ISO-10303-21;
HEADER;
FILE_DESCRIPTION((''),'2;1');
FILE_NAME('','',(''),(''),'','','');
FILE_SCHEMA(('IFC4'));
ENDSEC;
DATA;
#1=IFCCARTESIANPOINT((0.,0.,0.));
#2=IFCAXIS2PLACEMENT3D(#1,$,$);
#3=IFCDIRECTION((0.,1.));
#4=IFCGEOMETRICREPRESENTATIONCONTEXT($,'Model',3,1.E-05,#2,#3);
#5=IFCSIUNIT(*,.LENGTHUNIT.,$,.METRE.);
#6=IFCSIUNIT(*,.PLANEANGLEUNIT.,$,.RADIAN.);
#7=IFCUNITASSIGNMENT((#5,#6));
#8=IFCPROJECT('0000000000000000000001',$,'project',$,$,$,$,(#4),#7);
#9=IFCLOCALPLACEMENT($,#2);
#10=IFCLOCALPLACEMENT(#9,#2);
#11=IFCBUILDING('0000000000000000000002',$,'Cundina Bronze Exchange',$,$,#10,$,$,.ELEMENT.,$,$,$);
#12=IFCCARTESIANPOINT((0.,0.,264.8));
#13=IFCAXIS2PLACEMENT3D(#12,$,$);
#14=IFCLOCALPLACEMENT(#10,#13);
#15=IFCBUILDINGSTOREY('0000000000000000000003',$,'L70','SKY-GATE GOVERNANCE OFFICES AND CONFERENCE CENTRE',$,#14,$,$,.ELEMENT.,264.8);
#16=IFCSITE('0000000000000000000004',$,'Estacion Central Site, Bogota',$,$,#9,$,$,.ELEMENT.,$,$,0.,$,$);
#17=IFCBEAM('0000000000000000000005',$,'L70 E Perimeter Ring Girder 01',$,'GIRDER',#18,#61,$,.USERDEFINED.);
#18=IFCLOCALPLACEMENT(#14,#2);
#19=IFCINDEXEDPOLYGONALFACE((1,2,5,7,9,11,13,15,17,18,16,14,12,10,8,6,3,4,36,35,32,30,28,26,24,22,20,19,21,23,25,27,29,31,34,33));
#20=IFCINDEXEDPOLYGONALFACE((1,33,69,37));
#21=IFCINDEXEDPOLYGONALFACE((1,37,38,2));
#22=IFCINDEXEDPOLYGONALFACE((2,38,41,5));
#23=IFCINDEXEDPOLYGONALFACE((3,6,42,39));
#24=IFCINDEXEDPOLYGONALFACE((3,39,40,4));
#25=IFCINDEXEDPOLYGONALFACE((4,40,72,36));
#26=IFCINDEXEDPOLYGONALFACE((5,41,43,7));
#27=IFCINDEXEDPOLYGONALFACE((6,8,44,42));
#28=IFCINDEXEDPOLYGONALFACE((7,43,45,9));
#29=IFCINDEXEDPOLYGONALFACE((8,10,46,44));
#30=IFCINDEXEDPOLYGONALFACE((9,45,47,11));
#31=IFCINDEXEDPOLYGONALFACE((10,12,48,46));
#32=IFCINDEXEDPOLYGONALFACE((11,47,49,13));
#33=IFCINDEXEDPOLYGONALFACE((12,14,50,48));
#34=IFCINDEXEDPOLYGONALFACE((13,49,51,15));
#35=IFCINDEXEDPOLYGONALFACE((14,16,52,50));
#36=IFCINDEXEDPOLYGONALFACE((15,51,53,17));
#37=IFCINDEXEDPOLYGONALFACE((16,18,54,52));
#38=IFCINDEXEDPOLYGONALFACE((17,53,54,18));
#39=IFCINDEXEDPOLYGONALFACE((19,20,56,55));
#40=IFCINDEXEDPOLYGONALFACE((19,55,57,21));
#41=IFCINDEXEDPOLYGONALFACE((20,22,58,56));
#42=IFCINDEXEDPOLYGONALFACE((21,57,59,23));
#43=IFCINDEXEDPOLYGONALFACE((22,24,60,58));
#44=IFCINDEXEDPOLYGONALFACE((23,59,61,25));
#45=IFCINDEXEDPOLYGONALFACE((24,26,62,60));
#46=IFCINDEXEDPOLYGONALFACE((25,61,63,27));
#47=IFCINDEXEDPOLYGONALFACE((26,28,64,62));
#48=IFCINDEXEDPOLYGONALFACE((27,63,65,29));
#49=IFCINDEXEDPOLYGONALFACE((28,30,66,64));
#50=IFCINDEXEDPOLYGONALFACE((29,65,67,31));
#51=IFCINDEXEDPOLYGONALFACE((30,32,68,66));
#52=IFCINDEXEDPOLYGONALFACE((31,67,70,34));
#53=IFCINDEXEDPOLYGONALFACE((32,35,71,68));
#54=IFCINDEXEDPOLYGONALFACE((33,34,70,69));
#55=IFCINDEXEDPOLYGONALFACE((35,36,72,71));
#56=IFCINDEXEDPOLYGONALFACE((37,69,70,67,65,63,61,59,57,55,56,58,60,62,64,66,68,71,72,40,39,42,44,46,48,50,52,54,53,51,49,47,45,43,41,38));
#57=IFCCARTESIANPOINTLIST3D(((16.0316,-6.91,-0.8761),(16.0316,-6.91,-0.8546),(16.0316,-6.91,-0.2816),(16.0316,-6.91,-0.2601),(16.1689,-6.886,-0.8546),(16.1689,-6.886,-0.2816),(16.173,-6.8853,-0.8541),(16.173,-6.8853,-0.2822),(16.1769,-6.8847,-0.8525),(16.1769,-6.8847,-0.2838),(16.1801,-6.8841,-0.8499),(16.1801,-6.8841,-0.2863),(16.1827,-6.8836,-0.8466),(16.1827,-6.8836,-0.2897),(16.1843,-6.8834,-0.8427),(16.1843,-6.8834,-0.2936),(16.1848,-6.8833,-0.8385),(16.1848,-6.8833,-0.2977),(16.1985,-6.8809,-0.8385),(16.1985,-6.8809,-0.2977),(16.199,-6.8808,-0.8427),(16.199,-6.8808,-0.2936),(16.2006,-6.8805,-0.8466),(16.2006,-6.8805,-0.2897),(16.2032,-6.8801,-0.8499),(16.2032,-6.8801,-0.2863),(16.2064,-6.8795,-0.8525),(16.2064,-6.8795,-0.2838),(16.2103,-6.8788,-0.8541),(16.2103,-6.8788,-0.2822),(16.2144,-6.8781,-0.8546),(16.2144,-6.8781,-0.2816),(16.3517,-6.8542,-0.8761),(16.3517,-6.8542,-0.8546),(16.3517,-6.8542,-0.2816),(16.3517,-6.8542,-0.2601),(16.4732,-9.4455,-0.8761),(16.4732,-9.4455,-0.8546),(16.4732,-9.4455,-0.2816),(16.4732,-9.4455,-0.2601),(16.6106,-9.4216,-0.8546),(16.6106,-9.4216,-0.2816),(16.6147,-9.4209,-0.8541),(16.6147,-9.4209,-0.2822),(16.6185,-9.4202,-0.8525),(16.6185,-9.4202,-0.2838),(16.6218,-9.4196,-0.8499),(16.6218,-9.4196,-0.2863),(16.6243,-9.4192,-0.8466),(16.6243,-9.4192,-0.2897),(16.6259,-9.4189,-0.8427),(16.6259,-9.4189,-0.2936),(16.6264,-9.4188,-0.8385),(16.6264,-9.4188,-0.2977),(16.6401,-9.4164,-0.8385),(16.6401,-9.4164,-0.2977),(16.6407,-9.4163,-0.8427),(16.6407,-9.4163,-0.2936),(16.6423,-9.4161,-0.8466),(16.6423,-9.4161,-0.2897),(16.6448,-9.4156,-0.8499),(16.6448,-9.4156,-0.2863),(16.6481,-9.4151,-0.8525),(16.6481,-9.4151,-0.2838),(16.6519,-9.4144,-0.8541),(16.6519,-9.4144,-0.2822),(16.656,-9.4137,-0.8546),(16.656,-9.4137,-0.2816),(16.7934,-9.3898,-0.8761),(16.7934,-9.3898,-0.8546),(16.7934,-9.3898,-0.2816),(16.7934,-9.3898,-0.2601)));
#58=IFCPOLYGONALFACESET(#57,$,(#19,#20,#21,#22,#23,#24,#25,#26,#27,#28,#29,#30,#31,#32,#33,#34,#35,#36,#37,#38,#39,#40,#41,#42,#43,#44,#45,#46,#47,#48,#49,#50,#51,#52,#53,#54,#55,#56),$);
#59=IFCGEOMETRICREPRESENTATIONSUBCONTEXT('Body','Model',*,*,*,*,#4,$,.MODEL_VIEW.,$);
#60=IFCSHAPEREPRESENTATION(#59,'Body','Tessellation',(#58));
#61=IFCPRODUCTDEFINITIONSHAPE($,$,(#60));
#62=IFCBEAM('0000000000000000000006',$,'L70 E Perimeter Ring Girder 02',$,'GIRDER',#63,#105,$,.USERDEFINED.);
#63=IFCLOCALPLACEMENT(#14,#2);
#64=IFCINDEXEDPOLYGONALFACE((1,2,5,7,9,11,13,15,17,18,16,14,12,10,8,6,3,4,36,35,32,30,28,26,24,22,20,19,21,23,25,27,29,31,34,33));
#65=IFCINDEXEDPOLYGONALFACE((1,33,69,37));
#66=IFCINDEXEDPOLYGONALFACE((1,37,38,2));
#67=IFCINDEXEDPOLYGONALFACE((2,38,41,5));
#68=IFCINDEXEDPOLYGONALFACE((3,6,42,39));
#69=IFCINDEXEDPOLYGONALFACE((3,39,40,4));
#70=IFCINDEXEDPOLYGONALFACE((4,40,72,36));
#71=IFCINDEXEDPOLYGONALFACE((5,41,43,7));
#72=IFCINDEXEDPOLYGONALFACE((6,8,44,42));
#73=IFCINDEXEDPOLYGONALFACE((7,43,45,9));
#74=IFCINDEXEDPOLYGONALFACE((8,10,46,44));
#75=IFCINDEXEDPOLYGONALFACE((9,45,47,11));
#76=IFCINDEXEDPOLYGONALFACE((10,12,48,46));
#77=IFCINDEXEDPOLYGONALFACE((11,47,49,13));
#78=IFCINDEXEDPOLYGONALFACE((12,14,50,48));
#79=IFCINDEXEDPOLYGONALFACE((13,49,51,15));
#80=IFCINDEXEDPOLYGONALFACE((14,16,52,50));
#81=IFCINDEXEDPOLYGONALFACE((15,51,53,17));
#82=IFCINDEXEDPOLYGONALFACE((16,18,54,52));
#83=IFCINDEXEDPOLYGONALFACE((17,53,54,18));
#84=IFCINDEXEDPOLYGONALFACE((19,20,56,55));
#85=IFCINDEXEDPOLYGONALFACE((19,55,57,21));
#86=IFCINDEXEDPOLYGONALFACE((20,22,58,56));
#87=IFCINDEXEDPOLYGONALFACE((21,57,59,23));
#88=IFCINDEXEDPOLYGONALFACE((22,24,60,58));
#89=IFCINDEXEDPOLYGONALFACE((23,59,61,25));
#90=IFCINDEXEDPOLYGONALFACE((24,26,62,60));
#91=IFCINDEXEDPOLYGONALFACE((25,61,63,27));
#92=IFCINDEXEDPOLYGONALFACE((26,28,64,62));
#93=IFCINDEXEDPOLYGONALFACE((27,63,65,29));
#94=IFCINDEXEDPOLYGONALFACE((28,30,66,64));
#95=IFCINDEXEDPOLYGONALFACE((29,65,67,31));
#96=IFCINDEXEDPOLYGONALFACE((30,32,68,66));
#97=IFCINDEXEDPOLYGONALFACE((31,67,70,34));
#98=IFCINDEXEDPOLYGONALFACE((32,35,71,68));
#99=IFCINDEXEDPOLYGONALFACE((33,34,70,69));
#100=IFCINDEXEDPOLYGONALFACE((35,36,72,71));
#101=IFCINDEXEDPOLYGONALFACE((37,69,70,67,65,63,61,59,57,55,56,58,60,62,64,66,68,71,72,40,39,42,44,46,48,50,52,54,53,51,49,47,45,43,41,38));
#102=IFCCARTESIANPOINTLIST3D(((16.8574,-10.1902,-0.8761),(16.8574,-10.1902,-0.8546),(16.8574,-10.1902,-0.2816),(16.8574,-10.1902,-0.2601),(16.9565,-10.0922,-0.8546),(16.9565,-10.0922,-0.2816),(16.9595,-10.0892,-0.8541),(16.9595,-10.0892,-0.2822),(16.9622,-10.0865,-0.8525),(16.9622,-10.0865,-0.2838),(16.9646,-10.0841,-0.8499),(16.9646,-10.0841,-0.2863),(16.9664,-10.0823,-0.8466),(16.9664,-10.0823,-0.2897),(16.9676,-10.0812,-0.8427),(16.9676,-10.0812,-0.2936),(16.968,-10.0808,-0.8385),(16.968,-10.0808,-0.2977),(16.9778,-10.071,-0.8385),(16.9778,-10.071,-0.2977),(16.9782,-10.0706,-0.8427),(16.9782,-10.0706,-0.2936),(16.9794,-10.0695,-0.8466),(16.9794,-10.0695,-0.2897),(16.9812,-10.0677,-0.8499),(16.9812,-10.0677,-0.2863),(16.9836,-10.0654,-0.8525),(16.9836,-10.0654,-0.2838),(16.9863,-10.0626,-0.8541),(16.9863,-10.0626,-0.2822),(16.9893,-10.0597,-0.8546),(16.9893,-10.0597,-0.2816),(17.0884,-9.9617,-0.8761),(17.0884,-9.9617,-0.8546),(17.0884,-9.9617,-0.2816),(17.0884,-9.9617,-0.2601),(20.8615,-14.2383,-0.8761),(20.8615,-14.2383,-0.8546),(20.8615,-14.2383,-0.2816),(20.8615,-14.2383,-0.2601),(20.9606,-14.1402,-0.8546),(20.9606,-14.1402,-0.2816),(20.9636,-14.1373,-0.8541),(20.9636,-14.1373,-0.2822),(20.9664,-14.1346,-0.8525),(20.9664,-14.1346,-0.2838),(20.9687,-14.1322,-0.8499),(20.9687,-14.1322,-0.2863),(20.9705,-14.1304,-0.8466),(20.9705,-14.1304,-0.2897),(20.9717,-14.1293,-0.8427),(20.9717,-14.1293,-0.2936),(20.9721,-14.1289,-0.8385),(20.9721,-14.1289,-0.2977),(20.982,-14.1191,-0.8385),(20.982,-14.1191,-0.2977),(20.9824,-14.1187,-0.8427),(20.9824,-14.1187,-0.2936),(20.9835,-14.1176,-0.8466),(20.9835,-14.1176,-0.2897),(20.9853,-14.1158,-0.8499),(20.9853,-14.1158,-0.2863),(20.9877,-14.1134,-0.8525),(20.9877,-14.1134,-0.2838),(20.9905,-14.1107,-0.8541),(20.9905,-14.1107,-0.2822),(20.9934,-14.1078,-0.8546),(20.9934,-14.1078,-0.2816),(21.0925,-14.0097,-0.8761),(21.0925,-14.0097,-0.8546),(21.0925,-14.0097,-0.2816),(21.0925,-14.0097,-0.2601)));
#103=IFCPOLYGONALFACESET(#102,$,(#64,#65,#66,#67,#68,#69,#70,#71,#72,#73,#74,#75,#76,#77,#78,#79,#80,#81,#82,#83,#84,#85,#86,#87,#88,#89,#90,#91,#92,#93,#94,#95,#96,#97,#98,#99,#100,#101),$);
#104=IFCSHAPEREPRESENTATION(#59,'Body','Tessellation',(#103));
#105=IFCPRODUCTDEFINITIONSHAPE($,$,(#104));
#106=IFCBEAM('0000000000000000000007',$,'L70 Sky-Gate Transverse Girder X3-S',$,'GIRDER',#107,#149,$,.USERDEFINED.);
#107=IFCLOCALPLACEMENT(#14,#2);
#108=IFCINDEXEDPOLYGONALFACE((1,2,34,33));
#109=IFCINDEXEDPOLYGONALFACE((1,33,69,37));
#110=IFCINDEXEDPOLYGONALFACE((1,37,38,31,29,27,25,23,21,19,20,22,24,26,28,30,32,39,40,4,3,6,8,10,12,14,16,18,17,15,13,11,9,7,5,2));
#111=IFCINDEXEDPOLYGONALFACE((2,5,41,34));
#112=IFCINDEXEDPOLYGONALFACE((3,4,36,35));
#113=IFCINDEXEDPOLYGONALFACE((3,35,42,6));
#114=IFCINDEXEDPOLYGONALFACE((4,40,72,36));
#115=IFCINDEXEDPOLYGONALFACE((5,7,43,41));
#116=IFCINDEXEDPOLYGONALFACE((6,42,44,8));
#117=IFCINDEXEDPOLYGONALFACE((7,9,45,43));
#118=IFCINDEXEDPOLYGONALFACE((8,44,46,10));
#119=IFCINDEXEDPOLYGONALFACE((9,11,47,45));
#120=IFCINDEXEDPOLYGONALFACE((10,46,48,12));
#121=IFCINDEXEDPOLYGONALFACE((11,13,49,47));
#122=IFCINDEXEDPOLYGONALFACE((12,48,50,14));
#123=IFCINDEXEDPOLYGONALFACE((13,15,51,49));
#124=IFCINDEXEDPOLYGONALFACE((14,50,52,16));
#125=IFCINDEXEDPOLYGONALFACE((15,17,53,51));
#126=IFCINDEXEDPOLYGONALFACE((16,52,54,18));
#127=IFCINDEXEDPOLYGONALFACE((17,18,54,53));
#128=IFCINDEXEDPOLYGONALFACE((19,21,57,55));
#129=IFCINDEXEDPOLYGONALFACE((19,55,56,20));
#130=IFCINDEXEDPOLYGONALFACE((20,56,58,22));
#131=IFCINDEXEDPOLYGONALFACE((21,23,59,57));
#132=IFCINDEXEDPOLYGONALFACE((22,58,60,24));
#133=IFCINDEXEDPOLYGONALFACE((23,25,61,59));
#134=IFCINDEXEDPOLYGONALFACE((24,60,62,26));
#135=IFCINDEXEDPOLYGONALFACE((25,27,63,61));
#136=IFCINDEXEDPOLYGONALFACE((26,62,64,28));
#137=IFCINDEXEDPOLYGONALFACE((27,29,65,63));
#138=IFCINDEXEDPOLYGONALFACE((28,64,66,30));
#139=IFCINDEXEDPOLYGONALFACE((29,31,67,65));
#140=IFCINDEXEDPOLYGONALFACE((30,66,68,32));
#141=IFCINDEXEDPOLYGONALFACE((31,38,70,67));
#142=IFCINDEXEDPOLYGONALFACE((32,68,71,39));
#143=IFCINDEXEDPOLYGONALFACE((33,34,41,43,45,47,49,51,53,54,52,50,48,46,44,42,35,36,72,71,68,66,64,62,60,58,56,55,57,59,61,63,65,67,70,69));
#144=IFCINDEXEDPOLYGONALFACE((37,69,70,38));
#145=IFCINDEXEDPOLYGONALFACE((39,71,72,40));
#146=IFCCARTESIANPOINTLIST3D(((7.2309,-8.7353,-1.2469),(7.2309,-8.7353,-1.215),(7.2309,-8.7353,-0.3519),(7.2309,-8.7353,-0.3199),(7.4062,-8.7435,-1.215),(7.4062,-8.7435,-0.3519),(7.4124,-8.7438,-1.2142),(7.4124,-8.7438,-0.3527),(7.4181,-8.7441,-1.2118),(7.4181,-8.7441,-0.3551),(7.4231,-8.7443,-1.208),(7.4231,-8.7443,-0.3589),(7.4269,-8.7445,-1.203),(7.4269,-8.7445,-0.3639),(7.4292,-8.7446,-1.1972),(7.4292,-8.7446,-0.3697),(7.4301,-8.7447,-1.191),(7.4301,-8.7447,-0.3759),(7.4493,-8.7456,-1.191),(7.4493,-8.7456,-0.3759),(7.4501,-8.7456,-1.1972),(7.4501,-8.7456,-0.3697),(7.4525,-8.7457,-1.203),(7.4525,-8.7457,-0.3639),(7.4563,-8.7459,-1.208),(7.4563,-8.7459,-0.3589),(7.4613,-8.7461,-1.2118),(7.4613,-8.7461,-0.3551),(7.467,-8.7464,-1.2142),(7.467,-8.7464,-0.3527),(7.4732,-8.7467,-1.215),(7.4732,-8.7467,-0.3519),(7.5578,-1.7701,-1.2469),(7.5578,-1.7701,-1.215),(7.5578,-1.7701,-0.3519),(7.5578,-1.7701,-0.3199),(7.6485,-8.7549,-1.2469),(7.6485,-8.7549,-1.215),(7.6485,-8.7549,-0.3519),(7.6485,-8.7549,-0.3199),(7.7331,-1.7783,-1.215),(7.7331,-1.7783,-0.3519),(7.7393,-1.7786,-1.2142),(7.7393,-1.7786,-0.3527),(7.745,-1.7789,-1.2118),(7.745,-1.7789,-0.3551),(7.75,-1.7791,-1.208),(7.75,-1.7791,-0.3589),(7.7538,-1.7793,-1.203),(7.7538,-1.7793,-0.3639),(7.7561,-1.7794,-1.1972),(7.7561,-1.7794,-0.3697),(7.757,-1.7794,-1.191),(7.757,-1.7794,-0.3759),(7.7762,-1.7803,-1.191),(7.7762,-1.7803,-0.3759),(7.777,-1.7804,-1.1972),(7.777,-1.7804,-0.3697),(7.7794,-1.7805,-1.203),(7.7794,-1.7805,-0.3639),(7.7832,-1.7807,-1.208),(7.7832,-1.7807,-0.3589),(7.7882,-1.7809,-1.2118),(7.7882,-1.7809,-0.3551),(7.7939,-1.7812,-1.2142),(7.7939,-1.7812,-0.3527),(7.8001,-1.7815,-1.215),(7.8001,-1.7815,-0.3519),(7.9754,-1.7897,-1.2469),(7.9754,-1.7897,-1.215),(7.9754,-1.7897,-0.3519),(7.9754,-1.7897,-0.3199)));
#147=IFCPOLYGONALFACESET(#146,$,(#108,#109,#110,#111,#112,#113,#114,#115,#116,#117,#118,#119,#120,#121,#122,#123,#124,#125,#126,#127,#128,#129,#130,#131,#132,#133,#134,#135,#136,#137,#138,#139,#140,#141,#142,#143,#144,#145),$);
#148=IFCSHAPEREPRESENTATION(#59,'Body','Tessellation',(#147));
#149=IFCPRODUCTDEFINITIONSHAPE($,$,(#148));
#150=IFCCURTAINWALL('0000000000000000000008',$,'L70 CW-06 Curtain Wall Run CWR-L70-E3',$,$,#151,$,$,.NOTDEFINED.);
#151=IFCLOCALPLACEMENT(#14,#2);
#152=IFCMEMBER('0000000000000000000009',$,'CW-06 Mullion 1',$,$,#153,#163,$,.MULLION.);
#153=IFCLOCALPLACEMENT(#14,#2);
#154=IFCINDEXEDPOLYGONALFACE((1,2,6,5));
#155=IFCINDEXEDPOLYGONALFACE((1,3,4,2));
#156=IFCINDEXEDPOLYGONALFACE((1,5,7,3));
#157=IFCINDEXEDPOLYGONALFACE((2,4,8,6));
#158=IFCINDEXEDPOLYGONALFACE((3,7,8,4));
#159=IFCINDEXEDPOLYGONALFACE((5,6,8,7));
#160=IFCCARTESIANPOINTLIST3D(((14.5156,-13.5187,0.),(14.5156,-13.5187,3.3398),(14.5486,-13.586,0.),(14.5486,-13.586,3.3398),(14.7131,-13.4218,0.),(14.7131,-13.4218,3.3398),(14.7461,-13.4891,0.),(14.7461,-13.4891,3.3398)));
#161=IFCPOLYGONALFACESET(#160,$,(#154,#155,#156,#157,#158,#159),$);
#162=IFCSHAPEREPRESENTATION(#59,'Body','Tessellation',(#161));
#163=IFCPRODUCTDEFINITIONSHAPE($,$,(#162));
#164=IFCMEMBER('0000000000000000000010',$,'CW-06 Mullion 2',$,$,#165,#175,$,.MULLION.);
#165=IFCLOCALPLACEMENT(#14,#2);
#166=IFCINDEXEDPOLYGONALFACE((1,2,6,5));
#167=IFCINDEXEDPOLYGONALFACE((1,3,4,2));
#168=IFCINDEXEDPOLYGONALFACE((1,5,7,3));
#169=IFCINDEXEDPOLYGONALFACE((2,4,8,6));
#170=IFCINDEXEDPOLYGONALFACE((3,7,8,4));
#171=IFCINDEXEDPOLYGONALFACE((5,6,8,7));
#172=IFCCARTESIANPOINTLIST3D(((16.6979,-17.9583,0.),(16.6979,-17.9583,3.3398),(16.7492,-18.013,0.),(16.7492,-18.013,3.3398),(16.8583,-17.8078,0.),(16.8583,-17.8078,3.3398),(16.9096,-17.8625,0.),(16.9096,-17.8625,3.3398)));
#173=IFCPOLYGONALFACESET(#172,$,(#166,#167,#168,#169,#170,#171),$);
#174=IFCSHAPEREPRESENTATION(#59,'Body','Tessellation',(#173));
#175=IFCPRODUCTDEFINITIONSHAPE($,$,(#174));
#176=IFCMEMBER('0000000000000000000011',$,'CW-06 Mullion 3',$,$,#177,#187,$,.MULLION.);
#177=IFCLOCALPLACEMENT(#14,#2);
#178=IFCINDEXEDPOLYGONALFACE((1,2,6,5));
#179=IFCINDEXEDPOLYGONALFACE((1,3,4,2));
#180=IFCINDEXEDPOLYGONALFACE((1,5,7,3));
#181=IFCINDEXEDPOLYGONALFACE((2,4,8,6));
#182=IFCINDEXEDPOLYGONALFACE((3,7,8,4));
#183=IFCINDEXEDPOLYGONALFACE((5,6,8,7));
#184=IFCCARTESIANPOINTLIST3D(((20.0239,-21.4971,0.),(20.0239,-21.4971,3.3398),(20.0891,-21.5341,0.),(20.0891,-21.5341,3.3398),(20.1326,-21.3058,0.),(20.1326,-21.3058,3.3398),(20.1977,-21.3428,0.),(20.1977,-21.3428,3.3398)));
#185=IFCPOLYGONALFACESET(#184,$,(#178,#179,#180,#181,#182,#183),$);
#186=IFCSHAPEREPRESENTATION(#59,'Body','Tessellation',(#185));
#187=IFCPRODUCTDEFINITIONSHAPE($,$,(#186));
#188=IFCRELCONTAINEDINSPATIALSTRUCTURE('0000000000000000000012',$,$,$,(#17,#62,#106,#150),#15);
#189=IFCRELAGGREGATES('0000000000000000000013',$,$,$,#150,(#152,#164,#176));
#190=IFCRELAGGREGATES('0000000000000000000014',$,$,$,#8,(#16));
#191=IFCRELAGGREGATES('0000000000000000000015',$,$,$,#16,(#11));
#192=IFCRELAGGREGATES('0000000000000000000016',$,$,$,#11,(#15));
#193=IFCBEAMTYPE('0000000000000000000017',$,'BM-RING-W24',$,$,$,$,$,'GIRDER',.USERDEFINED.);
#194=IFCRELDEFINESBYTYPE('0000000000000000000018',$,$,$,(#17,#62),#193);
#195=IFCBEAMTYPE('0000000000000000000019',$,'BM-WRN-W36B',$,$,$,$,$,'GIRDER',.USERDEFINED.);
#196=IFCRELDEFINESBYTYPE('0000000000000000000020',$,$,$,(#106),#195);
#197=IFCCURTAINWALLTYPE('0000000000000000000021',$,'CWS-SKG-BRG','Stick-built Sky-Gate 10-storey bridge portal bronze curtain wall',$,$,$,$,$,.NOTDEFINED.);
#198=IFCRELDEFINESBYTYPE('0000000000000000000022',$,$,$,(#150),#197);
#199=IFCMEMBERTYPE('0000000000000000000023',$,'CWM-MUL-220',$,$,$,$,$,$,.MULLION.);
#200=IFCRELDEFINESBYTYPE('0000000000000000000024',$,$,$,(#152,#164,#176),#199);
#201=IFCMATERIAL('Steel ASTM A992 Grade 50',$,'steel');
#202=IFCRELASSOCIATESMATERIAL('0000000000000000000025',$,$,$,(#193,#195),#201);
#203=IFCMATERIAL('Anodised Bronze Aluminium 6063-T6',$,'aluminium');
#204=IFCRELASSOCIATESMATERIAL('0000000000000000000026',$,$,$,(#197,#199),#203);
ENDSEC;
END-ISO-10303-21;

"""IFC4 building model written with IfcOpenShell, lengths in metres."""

from ifc_helpers import new_model, si_unit, direction, frame, origin, origin_2d, place, context, subcontext, project, spatial, rectangle, i_section, extrude, material, material_profile, profile_set, type_object, element, aggregate, save


model = new_model("IFC4")

# Units and contexts
model_context = context("Model", 3, precision=1e-05, world=origin(), true_north=direction((0.0, 1.0)))
body_context = subcontext(model_context, "Body", "Model", "MODEL_VIEW")
ifc_project = project(units=[si_unit("LENGTHUNIT", "METRE"), si_unit("PLANEANGLEUNIT", "RADIAN")], contexts=[model_context])

# Site, building, storey
site_placement = place(None, origin())
site = spatial("IfcSite", under=ifc_project, at=site_placement, Name="Estacion Central Site, Bogota", CompositionType="ELEMENT", RefElevation=0.0)
building_placement = place(site_placement, origin())
building = spatial("IfcBuilding", under=site, at=building_placement, Name="Cundina Bronze Exchange", CompositionType="ELEMENT")
storey_placement = place(building_placement, frame((0.0, 0.0, 264.8)))
storey = spatial("IfcBuildingStorey", under=building, at=storey_placement, Name="L70", Description="SKY-GATE GOVERNANCE OFFICES AND CONFERENCE CENTRE", CompositionType="ELEMENT", Elevation=264.8)

# Beams
ifc_material_1 = material(Name="Steel ASTM A992 Grade 50", Category="steel")
ifc_material_profile_1 = material_profile(ifc_material_1, i_section(OverallWidth=0.325, OverallDepth=0.616, WebThickness=0.0139, FlangeThickness=0.0215, FilletRadius=0.0161, at=origin_2d()), Name="W24X117", Category="steel")
ifc_profile_set_1 = profile_set([ifc_material_profile_1], Name="Steel ASTM A992 Grade 50")
beam_type_1 = type_object("IfcBeamType", Name="BM-RING-W24", ElementType="GIRDER", PredefinedType="USERDEFINED", material=ifc_profile_set_1)
beam_1_placement = place(storey_placement, frame((16.1917, -6.8821, -0.5681), z_axis=(0.171593, -0.985168, 0.0), x_axis=(0.985168, 0.171593, 0.0)))
element("IfcBeam", 1, at=beam_1_placement, inside=storey, type_object=beam_type_1, Name="L70 E Perimeter Ring Girder 01", ObjectType="GIRDER", PredefinedType="USERDEFINED", context=body_context, shape_type="SweptSolid", body=[
    extrude(i_section(OverallWidth=0.325, OverallDepth=0.616, WebThickness=0.0139, FlangeThickness=0.0215, FilletRadius=0.0161, at=origin_2d()), origin(), (0.0, 0.0, 1.0), 2.5737),
])
beam_2_placement = place(storey_placement, frame((16.9729, -10.0759, -0.5681), z_axis=(0.703237, -0.710955, 0.0), x_axis=(0.710955, 0.703237, 0.0)))
element("IfcBeam", 2, at=beam_2_placement, inside=storey, type_object=beam_type_1, Name="L70 E Perimeter Ring Girder 02", ObjectType="GIRDER", PredefinedType="USERDEFINED", context=body_context, shape_type="SweptSolid", body=[
    extrude(i_section(OverallWidth=0.325, OverallDepth=0.616, WebThickness=0.0139, FlangeThickness=0.0215, FilletRadius=0.0161, at=origin_2d()), origin(), (0.0, 0.0, 1.0), 5.6938),
])
ifc_material_profile_2 = material_profile(ifc_material_1, i_section(OverallWidth=0.418, OverallDepth=0.927, WebThickness=0.0193, FlangeThickness=0.032, FilletRadius=0.0239, at=origin_2d()), Name="W36X231", Category="steel")
ifc_profile_set_2 = profile_set([ifc_material_profile_2], Name="Steel ASTM A992 Grade 50")
beam_type_2 = type_object("IfcBeamType", Name="BM-WRN-W36B", ElementType="GIRDER", PredefinedType="USERDEFINED", material=ifc_profile_set_2)
beam_3_placement = place(storey_placement, frame((7.4397, -8.7451, -0.7834), z_axis=(0.046881, 0.9989, 0.0), x_axis=(-0.9989, 0.046881, 0.0)))
element("IfcBeam", 3, at=beam_3_placement, inside=storey, type_object=beam_type_2, Name="L70 Sky-Gate Transverse Girder X3-S", ObjectType="GIRDER", PredefinedType="USERDEFINED", context=body_context, shape_type="SweptSolid", body=[
    extrude(i_section(OverallWidth=0.418, OverallDepth=0.927, WebThickness=0.0193, FlangeThickness=0.032, FilletRadius=0.0239, at=origin_2d()), origin(), (0.0, 0.0, 1.0), 6.9729),
])

# Curtain wall, members
ifc_material_2 = material(Name="Anodised Bronze Aluminium 6063-T6", Category="aluminium")
curtain_wall_type = type_object("IfcCurtainWallType", Name="CWS-SKG-BRG", Description="Stick-built Sky-Gate 10-storey bridge portal bronze curtain wall", PredefinedType="NOTDEFINED", material=ifc_material_2)
curtain_wall_1_placement = place(storey_placement, origin())
curtain_wall_1 = element("IfcCurtainWall", 4, at=curtain_wall_1_placement, inside=storey, type_object=curtain_wall_type, Name="L70 CW-06 Curtain Wall Run CWR-L70-E3", PredefinedType="NOTDEFINED")
ifc_material_profile_3 = material_profile(ifc_material_2, rectangle(XDim=0.075, YDim=0.22, at=origin_2d()), Name="AL75X220", Category="aluminium")
ifc_profile_set_3 = profile_set([ifc_material_profile_3], Name="Anodised Bronze Aluminium 6063-T6")
member_type_1 = type_object("IfcMemberType", Name="CWM-MUL-220", PredefinedType="MULLION", material=ifc_profile_set_3)
member_1_placement = place(storey_placement, frame((14.6309, -13.5039, 0.0), z_axis=(0.0, 0.0, 1.0), x_axis=(0.440566, -0.89772, 0.0)))
member_1 = element("IfcMember", 5, at=member_1_placement, type_object=member_type_1, Name="CW-06 Mullion 1", PredefinedType="MULLION", context=body_context, shape_type="SweptSolid", body=[
    extrude(rectangle(XDim=0.075, YDim=0.22, at=origin_2d()), origin(), (0.0, 0.0, 1.0), 3.3398),
])
member_2_placement = place(storey_placement, frame((16.8037, -17.9104, 0.0), z_axis=(0.0, 0.0, 1.0), x_axis=(0.684293, -0.729208, 0.0)))
member_2 = element("IfcMember", 6, at=member_2_placement, type_object=member_type_1, Name="CW-06 Mullion 2", PredefinedType="MULLION", context=body_context, shape_type="SweptSolid", body=[
    extrude(rectangle(XDim=0.075, YDim=0.22, at=origin_2d()), origin(), (0.0, 0.0, 1.0), 3.3398),
])
member_3_placement = place(storey_placement, frame((20.1108, -21.4199, 0.0), z_axis=(0.0, 0.0, 1.0), x_axis=(0.869581, -0.49379, 0.0)))
member_3 = element("IfcMember", 7, at=member_3_placement, type_object=member_type_1, Name="CW-06 Mullion 3", PredefinedType="MULLION", context=body_context, shape_type="SweptSolid", body=[
    extrude(rectangle(XDim=0.075, YDim=0.22, at=origin_2d()), origin(), (0.0, 0.0, 1.0), 3.3398),
])

aggregate(curtain_wall_1, [member_1, member_2, member_3])

save(model, "model.ifc")
